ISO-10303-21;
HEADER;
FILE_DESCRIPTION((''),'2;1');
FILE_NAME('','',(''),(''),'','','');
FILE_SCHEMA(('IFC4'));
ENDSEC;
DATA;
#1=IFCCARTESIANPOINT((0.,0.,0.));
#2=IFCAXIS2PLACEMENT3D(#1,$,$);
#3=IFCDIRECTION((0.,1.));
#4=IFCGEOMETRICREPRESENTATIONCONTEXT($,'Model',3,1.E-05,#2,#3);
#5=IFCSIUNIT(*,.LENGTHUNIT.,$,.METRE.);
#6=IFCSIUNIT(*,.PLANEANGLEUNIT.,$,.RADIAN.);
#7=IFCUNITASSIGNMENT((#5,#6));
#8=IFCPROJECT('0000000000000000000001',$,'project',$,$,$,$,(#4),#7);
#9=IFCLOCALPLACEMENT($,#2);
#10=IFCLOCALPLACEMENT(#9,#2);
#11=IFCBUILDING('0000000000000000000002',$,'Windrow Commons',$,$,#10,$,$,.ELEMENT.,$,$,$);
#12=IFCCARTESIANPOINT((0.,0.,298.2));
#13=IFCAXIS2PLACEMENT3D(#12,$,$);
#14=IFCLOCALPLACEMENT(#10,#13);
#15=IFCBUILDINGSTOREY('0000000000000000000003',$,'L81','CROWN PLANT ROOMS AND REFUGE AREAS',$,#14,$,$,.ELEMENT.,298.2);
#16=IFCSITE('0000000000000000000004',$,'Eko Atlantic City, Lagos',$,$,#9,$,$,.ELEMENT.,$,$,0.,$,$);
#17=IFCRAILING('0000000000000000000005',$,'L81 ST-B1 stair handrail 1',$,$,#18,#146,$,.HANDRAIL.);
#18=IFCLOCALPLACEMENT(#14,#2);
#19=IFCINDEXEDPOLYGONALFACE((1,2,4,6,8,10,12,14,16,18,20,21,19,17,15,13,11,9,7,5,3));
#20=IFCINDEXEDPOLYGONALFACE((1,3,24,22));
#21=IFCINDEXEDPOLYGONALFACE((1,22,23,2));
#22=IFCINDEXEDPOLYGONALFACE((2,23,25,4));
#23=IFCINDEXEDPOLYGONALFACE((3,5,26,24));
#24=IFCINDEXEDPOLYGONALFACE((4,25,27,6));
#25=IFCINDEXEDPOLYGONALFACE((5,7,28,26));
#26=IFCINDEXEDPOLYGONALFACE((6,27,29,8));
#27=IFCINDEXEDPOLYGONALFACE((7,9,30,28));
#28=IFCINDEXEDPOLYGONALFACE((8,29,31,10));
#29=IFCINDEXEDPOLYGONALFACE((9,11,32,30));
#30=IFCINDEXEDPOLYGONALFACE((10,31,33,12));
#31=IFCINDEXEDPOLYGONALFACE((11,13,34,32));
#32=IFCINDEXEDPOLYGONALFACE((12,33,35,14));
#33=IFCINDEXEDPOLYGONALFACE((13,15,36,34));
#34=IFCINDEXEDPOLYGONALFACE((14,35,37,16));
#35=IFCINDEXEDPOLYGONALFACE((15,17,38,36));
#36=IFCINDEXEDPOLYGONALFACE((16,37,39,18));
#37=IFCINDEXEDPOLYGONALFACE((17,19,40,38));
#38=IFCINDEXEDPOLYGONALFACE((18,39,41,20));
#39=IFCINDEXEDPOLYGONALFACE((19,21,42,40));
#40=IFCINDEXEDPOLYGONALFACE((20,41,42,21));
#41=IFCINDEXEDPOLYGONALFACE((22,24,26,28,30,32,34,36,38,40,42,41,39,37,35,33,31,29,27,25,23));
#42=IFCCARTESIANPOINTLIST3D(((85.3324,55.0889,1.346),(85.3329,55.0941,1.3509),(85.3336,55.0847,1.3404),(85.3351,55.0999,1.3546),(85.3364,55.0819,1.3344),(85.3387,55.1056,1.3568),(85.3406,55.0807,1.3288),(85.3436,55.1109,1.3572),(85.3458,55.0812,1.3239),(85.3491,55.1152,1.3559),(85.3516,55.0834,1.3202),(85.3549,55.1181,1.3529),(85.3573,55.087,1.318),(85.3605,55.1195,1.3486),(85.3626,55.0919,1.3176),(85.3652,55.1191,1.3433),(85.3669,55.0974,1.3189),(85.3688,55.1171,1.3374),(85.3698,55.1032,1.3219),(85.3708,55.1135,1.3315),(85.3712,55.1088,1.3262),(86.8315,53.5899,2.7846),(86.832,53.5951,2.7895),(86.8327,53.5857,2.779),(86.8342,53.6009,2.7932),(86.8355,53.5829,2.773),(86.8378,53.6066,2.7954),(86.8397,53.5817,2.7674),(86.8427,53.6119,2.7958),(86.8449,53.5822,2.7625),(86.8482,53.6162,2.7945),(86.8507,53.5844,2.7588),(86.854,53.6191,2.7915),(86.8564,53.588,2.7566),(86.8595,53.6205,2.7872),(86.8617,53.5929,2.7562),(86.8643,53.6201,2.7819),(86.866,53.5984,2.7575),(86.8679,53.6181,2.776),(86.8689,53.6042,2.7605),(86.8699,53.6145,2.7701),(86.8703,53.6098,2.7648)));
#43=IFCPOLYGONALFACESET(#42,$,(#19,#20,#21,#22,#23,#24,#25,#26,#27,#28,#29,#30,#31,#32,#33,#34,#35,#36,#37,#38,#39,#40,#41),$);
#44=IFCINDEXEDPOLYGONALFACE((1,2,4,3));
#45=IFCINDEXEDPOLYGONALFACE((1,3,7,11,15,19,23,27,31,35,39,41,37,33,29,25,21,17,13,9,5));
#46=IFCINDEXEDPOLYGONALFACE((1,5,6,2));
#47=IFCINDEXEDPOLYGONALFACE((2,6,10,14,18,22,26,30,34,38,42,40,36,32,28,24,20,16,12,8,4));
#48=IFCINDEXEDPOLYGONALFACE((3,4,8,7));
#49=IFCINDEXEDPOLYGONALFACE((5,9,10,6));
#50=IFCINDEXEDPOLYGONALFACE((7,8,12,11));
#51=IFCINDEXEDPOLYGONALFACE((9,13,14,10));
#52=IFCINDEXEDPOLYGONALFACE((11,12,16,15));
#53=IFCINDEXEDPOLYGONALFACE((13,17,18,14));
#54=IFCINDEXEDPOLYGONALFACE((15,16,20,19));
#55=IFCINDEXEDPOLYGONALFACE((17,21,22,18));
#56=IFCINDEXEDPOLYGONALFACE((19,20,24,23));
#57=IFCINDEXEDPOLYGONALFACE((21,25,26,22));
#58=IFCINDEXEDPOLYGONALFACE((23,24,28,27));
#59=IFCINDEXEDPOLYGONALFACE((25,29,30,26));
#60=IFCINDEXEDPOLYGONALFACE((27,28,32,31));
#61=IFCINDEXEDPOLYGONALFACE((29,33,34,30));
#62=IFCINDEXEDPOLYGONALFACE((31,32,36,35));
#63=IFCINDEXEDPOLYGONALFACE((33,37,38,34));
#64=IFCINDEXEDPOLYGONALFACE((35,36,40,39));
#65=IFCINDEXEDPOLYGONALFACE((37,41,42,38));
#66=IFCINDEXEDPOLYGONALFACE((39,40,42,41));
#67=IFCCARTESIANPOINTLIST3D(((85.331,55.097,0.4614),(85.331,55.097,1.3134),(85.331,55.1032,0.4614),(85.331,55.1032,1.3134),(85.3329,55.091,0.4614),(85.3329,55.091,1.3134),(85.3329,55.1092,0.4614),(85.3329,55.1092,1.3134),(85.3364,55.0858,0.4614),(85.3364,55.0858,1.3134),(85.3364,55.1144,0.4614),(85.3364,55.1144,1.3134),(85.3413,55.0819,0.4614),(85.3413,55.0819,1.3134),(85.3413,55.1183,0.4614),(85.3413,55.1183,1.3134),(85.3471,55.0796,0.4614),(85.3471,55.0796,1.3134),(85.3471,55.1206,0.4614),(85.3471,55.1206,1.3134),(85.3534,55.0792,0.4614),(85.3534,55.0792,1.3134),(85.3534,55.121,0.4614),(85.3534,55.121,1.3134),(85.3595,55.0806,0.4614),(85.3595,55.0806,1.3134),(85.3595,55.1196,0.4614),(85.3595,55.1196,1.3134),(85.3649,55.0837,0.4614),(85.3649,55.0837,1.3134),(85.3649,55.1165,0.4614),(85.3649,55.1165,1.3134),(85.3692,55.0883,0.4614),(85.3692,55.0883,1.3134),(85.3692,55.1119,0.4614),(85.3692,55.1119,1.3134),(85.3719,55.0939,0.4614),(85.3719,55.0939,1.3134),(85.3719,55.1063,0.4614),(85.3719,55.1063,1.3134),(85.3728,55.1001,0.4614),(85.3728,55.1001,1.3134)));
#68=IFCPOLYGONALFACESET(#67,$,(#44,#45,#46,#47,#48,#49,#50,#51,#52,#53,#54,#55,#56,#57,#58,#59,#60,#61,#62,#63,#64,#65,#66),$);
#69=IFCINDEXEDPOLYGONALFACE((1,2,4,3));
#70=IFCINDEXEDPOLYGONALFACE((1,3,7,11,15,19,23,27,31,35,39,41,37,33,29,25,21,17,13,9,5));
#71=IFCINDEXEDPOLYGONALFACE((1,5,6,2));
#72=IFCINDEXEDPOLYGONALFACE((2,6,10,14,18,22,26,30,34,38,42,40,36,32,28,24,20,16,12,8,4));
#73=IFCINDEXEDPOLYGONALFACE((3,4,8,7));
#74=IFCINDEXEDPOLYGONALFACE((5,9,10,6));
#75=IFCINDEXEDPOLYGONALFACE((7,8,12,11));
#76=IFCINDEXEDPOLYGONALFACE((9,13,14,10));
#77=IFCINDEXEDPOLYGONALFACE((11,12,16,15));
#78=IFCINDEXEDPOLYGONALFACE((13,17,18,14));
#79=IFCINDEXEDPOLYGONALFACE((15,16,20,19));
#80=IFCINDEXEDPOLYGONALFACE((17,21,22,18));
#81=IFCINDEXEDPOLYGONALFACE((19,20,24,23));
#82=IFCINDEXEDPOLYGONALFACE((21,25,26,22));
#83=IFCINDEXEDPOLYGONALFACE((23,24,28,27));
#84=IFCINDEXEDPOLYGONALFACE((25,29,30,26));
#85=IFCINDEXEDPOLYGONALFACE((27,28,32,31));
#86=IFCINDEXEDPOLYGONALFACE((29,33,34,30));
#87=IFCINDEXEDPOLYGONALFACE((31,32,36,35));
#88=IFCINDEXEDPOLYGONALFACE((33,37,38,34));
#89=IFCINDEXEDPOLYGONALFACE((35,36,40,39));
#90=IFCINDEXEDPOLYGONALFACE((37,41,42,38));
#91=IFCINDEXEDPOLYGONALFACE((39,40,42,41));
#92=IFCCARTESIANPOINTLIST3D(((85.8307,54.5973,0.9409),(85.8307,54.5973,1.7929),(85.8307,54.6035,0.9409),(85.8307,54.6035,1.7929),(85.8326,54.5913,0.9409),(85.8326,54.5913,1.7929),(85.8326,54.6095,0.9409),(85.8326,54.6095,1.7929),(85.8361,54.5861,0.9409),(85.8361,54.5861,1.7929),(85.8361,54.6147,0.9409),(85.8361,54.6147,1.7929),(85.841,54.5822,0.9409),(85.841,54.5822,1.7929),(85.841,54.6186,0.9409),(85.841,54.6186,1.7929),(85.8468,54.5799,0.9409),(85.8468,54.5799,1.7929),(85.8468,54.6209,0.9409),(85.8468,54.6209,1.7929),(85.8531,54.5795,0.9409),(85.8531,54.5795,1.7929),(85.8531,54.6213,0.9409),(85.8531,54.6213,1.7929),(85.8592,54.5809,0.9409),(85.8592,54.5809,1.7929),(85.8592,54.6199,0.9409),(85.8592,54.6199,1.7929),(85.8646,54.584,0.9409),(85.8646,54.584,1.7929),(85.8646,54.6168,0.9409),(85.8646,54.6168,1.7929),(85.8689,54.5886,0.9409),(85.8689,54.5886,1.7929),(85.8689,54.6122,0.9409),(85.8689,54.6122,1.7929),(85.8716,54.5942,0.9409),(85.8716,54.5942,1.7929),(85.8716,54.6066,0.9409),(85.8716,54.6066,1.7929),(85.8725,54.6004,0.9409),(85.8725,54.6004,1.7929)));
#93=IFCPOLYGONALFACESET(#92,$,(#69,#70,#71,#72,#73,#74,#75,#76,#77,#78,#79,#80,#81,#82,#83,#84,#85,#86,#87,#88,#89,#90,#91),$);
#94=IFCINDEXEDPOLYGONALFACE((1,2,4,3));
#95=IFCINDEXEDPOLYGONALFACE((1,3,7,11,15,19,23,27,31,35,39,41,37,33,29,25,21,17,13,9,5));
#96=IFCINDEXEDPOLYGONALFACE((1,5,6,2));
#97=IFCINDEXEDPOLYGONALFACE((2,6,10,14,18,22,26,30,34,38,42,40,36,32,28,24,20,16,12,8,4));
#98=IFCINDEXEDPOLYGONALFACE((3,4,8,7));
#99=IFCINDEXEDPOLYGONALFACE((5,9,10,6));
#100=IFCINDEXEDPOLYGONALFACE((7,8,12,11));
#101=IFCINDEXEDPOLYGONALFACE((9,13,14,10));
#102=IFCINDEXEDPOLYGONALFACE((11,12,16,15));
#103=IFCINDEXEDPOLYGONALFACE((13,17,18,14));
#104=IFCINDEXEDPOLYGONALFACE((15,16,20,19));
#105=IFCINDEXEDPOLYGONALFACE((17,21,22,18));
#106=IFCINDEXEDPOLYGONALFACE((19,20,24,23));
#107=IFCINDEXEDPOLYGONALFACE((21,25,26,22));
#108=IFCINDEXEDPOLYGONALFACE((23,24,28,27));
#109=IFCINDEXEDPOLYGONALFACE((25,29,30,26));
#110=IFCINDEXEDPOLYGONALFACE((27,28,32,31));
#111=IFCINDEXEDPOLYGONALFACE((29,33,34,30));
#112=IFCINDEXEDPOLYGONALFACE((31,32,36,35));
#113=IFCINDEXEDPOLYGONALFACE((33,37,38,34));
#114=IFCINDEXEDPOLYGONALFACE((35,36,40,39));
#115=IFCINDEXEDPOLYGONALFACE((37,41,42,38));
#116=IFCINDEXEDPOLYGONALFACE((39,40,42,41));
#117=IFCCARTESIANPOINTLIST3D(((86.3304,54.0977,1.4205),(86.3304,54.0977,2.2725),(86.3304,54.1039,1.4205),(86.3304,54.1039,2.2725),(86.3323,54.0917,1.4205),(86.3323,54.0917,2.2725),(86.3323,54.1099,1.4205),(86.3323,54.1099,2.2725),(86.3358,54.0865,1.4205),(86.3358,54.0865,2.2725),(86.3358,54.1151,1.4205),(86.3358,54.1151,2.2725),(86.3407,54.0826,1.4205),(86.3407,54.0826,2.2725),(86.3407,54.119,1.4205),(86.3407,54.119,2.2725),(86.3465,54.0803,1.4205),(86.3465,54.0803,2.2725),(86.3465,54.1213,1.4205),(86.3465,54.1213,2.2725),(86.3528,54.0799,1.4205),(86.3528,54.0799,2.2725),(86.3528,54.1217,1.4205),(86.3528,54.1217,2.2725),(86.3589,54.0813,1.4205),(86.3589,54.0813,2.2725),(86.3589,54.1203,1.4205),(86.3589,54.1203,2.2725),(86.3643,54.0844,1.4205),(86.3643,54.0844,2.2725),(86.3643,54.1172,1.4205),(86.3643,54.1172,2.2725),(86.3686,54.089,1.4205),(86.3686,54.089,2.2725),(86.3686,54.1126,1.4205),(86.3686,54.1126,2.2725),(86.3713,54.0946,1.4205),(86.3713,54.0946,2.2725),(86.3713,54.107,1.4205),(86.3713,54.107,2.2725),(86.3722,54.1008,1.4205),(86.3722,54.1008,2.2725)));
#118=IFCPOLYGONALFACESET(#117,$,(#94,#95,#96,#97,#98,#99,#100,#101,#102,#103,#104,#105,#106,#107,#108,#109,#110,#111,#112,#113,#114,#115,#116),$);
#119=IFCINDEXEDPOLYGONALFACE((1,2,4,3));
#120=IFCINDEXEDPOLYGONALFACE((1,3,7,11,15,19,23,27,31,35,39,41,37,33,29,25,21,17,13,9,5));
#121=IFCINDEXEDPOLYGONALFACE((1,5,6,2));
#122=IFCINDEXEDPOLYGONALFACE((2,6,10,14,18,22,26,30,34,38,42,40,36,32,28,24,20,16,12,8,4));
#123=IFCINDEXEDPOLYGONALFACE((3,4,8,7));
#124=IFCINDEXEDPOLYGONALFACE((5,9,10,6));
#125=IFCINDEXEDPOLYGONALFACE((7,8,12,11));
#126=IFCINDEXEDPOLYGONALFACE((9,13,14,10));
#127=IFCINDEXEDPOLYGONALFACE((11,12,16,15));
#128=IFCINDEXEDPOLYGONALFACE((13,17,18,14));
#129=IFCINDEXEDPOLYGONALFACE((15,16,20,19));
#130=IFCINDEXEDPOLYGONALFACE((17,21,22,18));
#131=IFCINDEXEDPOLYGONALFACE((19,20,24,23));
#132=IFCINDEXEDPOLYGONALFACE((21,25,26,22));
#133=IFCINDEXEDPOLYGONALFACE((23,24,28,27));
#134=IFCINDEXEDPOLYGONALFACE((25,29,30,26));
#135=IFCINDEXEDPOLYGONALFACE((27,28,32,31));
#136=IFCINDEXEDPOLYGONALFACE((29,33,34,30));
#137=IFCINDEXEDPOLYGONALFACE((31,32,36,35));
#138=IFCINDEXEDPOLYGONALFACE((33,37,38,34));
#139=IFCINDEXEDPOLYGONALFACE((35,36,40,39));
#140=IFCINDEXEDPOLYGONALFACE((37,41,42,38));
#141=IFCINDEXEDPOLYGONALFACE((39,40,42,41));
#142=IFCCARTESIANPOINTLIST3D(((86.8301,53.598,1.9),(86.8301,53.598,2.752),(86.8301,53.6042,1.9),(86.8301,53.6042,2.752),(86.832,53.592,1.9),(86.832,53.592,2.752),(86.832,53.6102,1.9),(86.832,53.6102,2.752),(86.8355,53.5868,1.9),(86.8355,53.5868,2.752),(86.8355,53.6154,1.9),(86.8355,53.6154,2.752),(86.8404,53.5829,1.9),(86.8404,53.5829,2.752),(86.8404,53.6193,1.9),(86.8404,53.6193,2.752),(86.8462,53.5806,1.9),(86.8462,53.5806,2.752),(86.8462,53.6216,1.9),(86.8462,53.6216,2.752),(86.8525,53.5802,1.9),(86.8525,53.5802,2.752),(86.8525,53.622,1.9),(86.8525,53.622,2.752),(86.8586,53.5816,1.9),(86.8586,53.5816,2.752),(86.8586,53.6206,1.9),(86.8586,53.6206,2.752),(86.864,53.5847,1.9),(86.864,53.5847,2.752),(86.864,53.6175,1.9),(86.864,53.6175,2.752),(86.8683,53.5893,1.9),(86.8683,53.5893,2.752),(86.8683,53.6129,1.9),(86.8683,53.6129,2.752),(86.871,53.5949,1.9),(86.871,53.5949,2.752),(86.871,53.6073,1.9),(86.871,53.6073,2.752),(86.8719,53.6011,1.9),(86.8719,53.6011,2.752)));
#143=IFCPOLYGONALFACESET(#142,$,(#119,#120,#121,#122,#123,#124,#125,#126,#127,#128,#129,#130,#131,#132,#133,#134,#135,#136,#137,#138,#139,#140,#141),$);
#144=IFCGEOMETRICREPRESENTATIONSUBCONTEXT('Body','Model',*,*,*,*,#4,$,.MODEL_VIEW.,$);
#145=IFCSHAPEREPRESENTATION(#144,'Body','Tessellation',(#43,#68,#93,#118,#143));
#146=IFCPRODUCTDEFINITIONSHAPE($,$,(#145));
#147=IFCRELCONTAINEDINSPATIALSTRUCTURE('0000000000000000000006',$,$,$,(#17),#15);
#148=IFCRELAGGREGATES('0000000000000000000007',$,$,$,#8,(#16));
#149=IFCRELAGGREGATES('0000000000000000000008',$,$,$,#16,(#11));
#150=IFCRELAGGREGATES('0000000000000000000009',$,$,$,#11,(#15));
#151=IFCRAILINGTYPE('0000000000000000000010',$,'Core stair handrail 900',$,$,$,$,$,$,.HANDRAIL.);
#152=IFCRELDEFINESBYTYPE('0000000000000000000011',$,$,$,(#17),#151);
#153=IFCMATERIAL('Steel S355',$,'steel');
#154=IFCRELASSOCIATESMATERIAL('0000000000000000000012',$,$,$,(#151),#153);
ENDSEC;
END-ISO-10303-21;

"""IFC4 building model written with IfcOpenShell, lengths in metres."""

from ifc_helpers import new_model, si_unit, direction, frame, origin, origin_2d, place, context, subcontext, project, spatial, circle, extrude, material, type_object, element, save


model = new_model("IFC4")

# Units and contexts
model_context = context("Model", 3, precision=1e-05, world=origin(), true_north=direction((0.0, 1.0)))
body_context = subcontext(model_context, "Body", "Model", "MODEL_VIEW")
ifc_project = project(units=[si_unit("LENGTHUNIT", "METRE"), si_unit("PLANEANGLEUNIT", "RADIAN")], contexts=[model_context])

# Site, building, storey
site_placement = place(None, origin())
site = spatial("IfcSite", under=ifc_project, at=site_placement, Name="Eko Atlantic City, Lagos", CompositionType="ELEMENT", RefElevation=0.0)
building_placement = place(site_placement, origin())
building = spatial("IfcBuilding", under=site, at=building_placement, Name="Windrow Commons", CompositionType="ELEMENT")
storey_placement = place(building_placement, frame((0.0, 0.0, 298.2)))
storey = spatial("IfcBuildingStorey", under=building, at=storey_placement, Name="L81", Description="CROWN PLANT ROOMS AND REFUGE AREAS", CompositionType="ELEMENT", Elevation=298.2)

# Railing
ifc_material_1 = material(Name="Steel S355", Category="steel")
railing_type_1 = type_object("IfcRailingType", Name="Core stair handrail 900", PredefinedType="HANDRAIL", material=ifc_material_1)
railing_1_placement = place(storey_placement, frame((85.3518, 55.1001, 0.4614)))
element("IfcRailing", 1, at=railing_1_placement, inside=storey, type_object=railing_type_1, Name="L81 ST-B1 stair handrail 1", PredefinedType="HANDRAIL", context=body_context, shape_type="SweptSolid", body=[
    extrude(circle(Radius=0.024, at=origin_2d()), frame((0.0, 0.0, 0.876), z_axis=(0.585128, -0.585089, 0.561513), x_axis=(0.707083, 0.70713, 0.0)), (0.0, 0.0, 1.0), 2.562),
    extrude(circle(Radius=0.021, at=origin_2d()), origin(), (0.0, 0.0, 1.0), 0.852),
    extrude(circle(Radius=0.021, at=origin_2d()), frame((0.4997, -0.4997, 0.4795)), (0.0, 0.0, 1.0), 0.852),
    extrude(circle(Radius=0.021, at=origin_2d()), frame((0.9994, -0.9993, 0.9591)), (0.0, 0.0, 1.0), 0.852),
    extrude(circle(Radius=0.021, at=origin_2d()), frame((1.4991, -1.499, 1.4386)), (0.0, 0.0, 1.0), 0.852),
])

save(model, "model.ifc")
